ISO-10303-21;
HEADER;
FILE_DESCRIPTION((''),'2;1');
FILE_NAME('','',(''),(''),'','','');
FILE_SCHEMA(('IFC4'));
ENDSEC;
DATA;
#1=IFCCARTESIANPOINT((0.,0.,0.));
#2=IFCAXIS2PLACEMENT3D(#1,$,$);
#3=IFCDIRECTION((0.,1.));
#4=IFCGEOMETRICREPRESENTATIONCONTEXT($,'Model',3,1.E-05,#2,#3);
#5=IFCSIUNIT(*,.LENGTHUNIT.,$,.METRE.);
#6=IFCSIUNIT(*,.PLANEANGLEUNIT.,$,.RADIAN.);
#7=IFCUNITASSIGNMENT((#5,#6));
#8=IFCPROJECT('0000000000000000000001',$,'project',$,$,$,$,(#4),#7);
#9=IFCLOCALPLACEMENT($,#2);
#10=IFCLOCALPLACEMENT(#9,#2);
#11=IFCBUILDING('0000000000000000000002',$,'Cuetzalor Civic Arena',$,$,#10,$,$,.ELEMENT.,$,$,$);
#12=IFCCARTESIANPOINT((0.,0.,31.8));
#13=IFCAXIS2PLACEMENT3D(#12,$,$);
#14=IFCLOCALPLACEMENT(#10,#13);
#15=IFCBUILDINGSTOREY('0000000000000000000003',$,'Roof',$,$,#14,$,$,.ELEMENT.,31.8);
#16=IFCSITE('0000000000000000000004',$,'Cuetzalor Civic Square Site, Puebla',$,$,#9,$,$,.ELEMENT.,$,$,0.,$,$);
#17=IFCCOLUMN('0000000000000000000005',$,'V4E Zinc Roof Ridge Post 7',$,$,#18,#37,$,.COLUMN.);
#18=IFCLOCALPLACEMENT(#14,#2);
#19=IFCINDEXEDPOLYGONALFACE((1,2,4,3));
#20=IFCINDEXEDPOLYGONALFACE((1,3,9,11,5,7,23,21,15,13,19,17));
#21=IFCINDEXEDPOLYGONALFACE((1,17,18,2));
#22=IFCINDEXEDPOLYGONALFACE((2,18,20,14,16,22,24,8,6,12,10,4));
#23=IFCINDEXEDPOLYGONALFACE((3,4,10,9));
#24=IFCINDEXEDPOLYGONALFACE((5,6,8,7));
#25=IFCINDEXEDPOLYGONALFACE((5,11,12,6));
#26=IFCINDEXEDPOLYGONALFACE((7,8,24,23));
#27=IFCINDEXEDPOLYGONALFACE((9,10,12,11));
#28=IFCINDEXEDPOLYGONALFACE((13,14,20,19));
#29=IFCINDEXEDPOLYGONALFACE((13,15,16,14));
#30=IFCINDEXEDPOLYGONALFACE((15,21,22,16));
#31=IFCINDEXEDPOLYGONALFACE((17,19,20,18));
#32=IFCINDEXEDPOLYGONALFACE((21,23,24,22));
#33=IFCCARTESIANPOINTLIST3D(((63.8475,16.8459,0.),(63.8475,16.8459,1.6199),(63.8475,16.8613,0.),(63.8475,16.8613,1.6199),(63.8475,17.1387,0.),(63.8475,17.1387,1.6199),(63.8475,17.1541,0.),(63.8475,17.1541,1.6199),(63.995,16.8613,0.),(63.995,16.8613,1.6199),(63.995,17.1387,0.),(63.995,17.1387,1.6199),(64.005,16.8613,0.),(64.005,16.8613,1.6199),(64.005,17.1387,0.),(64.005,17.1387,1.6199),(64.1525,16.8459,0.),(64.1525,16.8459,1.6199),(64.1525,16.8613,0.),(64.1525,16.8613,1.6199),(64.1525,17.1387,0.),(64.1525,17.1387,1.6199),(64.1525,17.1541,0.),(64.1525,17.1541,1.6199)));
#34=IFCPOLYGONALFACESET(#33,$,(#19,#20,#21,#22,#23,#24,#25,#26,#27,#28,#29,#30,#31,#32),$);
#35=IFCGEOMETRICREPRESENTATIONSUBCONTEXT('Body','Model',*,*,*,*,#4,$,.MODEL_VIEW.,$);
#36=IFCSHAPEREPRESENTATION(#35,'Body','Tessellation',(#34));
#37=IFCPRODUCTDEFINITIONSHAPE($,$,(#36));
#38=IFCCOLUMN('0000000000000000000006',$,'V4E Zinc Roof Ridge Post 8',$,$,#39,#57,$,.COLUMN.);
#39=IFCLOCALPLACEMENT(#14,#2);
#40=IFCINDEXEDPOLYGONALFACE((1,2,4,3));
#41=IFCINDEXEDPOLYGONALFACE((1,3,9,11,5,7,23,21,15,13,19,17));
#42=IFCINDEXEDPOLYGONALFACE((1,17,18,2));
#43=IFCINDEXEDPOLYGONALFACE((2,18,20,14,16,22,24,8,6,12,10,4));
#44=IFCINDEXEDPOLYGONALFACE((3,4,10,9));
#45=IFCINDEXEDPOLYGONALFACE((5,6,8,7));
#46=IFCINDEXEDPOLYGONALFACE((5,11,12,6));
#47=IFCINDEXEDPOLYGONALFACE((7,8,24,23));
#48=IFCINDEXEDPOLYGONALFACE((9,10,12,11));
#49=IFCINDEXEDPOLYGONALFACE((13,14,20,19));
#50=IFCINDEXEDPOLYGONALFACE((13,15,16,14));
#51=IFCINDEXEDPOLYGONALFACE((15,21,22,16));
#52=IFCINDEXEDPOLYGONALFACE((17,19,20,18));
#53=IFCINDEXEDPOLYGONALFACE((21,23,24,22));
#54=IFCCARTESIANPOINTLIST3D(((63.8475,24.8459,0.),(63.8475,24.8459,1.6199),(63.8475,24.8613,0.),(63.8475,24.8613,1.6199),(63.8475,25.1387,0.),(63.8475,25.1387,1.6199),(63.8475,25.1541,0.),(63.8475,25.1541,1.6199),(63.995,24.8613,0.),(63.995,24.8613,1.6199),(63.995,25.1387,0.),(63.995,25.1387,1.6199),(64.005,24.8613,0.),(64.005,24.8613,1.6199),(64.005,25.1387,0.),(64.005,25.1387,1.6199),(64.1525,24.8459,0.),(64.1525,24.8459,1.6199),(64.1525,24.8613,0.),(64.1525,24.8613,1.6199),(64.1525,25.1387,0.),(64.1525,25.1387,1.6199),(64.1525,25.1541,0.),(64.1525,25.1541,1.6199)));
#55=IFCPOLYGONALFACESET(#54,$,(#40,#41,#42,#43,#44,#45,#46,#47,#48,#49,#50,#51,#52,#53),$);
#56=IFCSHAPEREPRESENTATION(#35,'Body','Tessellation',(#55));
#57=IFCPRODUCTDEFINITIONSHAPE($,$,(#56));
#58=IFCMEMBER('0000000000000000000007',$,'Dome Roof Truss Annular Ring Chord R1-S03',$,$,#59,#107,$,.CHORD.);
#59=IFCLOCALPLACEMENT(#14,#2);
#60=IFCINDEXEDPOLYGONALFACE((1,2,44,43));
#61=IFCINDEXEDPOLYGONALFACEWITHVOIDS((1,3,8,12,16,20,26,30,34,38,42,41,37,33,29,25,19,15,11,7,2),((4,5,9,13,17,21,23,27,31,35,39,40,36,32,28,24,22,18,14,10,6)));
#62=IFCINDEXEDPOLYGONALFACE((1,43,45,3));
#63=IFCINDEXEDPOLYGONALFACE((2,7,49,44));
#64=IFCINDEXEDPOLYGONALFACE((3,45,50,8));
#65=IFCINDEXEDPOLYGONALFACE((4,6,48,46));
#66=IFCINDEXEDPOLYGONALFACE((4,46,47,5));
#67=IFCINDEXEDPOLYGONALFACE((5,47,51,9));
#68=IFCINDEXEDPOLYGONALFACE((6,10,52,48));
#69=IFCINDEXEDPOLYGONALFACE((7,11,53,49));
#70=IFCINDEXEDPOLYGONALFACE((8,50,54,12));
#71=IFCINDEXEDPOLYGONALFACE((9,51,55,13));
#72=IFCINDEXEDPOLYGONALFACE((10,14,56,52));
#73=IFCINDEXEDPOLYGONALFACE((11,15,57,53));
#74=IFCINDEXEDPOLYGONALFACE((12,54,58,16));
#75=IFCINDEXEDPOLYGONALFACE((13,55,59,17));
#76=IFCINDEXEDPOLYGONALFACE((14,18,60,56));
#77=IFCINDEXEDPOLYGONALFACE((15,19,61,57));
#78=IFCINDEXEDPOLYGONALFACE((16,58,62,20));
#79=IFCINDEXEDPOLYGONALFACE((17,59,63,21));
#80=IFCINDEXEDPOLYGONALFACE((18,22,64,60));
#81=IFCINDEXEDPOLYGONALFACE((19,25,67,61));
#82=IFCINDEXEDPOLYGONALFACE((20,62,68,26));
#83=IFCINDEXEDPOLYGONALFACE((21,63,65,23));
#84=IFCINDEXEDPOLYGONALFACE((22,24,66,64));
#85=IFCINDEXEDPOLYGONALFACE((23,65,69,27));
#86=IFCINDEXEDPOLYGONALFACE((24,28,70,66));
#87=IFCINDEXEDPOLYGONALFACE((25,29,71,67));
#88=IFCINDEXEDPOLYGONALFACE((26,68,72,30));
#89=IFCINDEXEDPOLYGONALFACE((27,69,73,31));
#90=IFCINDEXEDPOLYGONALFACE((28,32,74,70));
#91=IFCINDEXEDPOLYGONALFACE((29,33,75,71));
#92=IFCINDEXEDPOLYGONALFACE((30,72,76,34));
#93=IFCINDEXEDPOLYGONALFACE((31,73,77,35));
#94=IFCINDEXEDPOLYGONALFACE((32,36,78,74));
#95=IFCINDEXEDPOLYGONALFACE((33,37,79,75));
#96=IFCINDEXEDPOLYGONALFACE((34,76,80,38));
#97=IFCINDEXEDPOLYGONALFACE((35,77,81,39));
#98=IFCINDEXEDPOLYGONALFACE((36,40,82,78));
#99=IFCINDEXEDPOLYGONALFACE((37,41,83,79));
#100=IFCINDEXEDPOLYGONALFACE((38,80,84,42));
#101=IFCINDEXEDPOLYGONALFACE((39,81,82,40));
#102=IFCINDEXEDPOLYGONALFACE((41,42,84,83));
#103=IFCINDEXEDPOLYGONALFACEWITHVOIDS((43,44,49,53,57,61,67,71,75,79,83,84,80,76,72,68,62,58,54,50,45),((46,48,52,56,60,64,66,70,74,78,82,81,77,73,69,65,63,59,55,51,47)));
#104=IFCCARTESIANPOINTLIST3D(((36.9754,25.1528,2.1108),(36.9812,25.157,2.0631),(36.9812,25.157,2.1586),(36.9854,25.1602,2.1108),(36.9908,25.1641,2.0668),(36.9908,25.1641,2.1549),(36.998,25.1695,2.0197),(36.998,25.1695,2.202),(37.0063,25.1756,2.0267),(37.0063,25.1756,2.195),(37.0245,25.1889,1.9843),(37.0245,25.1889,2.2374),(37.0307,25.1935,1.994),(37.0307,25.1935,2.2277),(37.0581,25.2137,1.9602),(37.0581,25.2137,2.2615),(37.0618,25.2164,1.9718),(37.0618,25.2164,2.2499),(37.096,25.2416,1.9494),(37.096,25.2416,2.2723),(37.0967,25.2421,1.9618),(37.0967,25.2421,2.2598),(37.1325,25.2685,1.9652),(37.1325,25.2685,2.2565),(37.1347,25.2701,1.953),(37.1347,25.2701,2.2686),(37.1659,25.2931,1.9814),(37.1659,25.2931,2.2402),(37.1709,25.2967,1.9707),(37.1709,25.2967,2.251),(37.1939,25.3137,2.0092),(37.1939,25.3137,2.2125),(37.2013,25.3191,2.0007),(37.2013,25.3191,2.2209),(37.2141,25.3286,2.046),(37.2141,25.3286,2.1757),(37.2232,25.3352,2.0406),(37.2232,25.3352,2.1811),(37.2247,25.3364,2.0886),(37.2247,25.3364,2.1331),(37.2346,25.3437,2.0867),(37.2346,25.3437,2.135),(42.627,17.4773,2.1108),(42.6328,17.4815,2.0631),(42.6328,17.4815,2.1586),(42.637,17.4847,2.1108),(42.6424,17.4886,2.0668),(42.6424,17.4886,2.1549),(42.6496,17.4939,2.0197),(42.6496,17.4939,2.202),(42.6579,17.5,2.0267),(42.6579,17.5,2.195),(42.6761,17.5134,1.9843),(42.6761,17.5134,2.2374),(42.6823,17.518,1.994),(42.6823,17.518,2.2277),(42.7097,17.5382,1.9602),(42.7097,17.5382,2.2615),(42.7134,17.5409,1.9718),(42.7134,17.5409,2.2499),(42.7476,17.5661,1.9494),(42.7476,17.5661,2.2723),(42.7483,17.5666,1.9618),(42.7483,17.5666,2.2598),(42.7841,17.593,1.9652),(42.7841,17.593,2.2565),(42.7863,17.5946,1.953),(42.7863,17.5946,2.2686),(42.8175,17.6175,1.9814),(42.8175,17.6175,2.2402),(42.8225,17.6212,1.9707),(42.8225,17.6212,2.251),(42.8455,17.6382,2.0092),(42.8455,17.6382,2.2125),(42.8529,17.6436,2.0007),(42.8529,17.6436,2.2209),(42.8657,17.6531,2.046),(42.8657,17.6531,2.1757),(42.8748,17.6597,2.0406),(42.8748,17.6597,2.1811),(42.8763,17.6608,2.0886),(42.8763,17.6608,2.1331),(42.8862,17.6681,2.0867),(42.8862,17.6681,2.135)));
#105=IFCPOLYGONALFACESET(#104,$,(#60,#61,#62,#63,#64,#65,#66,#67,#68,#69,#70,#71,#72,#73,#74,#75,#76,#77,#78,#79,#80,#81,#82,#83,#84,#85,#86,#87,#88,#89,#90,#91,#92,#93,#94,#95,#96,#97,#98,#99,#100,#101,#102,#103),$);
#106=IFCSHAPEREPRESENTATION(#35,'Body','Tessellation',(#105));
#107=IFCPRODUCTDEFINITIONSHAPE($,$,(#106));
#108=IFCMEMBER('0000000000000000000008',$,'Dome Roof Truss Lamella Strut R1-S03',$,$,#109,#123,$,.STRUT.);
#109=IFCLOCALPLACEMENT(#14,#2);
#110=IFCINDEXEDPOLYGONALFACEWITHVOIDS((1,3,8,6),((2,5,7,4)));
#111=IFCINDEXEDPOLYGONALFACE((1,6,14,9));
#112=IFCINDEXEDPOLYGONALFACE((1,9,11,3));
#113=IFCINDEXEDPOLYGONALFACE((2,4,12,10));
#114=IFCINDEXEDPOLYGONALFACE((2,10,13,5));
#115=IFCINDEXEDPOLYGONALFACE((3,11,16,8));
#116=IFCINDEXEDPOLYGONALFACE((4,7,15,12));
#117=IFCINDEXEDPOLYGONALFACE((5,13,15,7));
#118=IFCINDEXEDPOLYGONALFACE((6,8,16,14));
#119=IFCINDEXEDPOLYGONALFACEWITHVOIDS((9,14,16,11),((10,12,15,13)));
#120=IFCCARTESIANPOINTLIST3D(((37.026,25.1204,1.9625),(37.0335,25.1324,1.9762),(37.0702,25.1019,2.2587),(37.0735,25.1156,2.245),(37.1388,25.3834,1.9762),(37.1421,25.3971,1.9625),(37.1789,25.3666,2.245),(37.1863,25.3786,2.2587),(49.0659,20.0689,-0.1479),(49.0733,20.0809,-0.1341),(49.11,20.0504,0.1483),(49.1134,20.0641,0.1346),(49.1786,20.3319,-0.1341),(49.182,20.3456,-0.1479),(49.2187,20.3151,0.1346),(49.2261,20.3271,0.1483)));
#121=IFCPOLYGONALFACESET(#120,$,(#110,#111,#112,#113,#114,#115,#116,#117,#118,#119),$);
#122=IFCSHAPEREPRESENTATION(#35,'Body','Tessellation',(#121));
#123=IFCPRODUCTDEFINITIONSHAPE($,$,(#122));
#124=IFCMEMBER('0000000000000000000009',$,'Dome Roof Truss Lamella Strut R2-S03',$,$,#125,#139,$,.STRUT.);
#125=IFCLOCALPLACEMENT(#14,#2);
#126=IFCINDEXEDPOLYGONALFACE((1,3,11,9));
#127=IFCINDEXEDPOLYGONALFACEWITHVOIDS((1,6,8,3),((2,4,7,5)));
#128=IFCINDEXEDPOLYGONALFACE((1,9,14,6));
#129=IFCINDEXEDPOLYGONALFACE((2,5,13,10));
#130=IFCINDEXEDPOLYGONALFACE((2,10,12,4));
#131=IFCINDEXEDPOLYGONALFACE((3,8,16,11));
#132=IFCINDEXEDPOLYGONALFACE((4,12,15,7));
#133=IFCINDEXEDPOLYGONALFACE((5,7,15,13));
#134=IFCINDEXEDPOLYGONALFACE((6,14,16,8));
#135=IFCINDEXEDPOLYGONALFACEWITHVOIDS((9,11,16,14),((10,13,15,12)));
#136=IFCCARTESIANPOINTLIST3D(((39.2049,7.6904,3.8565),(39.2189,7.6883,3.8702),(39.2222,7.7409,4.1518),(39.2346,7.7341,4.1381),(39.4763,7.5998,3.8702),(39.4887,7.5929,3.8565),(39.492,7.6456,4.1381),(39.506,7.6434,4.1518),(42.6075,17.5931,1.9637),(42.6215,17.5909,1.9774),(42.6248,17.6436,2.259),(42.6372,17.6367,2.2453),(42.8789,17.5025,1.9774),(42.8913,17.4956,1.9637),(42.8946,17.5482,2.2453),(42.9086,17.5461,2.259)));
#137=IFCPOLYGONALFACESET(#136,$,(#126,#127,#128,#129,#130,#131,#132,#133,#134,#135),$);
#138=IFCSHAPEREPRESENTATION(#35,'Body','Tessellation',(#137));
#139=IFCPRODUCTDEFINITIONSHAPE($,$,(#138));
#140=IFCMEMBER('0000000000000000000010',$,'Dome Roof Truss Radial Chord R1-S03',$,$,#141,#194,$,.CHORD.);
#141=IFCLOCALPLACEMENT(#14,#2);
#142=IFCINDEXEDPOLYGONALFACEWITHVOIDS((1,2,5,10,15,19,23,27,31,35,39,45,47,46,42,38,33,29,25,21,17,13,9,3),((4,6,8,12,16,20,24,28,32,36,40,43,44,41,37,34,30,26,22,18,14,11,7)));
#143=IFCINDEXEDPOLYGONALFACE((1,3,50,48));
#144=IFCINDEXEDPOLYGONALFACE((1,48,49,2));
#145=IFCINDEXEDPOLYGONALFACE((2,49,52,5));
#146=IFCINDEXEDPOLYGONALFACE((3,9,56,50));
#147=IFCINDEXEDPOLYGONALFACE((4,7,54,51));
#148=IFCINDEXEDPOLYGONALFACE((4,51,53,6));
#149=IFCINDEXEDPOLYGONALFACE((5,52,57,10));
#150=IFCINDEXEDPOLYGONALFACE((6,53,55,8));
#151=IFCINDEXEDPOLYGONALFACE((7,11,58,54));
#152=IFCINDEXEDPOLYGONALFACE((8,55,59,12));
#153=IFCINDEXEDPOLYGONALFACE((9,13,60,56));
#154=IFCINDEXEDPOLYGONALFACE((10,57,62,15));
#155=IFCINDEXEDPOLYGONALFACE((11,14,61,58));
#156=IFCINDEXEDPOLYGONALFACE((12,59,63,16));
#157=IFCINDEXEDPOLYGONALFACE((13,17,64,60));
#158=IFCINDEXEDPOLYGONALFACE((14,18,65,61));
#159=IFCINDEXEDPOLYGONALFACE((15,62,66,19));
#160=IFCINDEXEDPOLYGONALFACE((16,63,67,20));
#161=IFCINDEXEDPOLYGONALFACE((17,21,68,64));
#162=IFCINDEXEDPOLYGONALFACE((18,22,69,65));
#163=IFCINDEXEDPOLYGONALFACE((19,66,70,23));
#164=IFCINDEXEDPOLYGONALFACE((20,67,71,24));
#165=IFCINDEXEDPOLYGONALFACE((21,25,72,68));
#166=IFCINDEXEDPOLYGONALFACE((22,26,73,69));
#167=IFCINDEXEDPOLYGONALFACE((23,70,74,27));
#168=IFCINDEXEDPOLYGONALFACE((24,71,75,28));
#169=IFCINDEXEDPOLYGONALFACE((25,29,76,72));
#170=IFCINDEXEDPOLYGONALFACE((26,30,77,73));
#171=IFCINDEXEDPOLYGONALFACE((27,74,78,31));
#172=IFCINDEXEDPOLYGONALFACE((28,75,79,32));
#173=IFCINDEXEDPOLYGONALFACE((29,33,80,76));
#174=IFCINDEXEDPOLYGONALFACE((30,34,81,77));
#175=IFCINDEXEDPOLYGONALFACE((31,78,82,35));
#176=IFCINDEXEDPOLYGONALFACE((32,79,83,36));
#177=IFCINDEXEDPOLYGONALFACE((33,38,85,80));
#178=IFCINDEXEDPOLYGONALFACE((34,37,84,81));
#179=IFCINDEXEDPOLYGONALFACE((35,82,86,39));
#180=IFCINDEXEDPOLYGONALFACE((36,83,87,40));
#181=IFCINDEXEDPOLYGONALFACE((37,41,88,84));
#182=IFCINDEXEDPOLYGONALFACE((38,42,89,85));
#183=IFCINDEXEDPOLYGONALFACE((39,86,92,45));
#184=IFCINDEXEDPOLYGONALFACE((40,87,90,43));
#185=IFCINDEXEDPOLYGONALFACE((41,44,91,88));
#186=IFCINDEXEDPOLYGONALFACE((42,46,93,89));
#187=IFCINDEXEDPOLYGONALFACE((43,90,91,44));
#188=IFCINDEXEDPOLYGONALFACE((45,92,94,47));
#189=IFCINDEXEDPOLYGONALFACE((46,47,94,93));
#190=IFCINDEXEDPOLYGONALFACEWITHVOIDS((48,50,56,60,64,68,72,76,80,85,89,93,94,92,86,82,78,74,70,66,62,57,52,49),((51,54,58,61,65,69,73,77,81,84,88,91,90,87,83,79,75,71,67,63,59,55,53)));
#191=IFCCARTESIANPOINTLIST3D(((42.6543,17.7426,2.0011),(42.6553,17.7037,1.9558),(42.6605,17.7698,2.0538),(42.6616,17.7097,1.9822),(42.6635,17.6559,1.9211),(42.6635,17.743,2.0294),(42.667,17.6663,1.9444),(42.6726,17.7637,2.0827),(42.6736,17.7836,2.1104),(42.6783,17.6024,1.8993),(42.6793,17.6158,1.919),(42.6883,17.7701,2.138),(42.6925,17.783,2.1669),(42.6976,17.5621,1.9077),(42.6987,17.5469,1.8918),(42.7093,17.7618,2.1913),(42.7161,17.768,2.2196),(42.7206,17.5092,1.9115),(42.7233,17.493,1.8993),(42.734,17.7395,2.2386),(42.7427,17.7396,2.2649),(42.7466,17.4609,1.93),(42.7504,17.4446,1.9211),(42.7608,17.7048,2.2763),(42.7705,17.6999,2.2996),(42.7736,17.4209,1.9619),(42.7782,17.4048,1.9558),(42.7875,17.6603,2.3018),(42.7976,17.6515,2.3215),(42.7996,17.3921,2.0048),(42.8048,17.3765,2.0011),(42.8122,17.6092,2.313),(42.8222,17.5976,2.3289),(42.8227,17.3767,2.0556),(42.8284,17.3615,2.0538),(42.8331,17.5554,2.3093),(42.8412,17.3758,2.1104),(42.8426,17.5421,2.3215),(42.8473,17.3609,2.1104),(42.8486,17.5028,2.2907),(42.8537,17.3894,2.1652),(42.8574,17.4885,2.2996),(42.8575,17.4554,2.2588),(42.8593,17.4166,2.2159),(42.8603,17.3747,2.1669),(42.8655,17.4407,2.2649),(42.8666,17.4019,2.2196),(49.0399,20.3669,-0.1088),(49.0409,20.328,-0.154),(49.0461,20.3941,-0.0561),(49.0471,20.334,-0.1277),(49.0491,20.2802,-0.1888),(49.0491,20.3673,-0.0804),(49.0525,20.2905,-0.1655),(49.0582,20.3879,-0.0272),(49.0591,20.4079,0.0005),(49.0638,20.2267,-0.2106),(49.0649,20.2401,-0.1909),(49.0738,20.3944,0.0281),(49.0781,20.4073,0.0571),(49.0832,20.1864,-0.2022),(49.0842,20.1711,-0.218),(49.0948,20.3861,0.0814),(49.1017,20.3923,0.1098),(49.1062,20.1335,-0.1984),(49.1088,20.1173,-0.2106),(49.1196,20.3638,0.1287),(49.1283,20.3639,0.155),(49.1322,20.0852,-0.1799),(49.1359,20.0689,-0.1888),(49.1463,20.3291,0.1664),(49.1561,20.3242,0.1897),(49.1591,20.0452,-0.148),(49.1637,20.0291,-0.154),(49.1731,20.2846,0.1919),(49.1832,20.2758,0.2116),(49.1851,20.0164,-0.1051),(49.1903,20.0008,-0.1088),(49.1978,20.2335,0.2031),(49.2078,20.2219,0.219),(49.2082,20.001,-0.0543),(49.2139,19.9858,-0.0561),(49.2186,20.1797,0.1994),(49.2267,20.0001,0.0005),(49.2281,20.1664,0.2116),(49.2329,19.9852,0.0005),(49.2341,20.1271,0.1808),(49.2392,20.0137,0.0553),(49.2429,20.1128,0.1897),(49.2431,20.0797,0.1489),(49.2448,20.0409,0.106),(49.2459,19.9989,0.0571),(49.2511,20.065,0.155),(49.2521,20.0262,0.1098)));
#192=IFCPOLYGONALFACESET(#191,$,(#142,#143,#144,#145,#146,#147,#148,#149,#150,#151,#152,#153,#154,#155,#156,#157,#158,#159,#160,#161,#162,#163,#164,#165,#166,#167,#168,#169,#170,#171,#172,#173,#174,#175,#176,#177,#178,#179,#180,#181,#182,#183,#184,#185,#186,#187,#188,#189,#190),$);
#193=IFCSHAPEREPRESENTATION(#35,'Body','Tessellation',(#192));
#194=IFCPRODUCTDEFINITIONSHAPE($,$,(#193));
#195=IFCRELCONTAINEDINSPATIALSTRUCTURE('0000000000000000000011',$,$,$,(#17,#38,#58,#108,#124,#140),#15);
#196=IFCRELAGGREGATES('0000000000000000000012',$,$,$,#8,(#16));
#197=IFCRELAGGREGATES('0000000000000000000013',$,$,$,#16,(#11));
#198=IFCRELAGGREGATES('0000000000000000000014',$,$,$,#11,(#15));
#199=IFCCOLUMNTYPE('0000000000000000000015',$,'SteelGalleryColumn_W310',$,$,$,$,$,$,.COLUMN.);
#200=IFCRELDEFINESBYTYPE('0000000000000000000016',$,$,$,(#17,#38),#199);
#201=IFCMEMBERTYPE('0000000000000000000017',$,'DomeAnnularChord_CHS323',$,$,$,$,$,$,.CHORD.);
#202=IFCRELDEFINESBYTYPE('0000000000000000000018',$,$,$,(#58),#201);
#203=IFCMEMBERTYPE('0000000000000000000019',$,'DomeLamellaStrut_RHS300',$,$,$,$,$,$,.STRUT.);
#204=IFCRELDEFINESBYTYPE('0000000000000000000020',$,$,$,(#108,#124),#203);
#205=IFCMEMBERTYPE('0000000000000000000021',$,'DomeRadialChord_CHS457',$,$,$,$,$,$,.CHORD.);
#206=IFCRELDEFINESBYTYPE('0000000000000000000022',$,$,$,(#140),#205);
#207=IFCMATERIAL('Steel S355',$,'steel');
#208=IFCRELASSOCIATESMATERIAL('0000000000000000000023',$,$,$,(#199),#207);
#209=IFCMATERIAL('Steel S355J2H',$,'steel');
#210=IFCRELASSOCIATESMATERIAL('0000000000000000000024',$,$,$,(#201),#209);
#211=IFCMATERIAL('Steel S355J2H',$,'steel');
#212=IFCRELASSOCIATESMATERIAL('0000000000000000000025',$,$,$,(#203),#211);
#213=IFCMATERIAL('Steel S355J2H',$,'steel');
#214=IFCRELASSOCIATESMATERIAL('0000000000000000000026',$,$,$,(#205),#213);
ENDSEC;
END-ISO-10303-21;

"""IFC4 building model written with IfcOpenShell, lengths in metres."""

from ifc_helpers import new_model, si_unit, direction, frame, origin, origin_2d, place, context, subcontext, project, spatial, hollow_rectangle, hollow_circle, i_section, extrude, material, material_profile, profile_set, type_object, element, save


model = new_model("IFC4")

# Units and contexts
model_context = context("Model", 3, precision=1e-05, world=origin(), true_north=direction((0.0, 1.0)))
body_context = subcontext(model_context, "Body", "Model", "MODEL_VIEW")
ifc_project = project(units=[si_unit("LENGTHUNIT", "METRE"), si_unit("PLANEANGLEUNIT", "RADIAN")], contexts=[model_context])

# Site, building, storey
site_placement = place(None, origin())
site = spatial("IfcSite", under=ifc_project, at=site_placement, Name="Cuetzalor Civic Square Site, Puebla", CompositionType="ELEMENT", RefElevation=0.0)
building_placement = place(site_placement, origin())
building = spatial("IfcBuilding", under=site, at=building_placement, Name="Cuetzalor Civic Arena", CompositionType="ELEMENT")
storey_placement = place(building_placement, frame((0.0, 0.0, 31.8)))
storey = spatial("IfcBuildingStorey", under=building, at=storey_placement, Name="Roof", CompositionType="ELEMENT", Elevation=31.8)

# Columns
ifc_material_1 = material(Name="Steel S355", Category="steel")
ifc_material_profile_1 = material_profile(ifc_material_1, i_section(OverallWidth=0.3049, OverallDepth=0.3081, WebThickness=0.01, FlangeThickness=0.0154, at=origin_2d()), Name="W310x97")
ifc_profile_set_1 = profile_set([ifc_material_profile_1], Name="Steel S355")
column_type = type_object("IfcColumnType", Name="SteelGalleryColumn_W310", PredefinedType="COLUMN", material=ifc_profile_set_1)
for number, where, z_axis, x_axis, name in (
    (1, (64.0, 17.0, 0.0), (0.0, 0.0, 1.0), (1.0, 0.0, 0.0), "V4E Zinc Roof Ridge Post 7"),
    (2, (64.0, 25.0, 0.0), (0.0, 0.0, 1.0), (1.0, 0.0, 0.0), "V4E Zinc Roof Ridge Post 8"),
):
    element("IfcColumn", number, at=place(storey_placement, frame(where, z_axis=z_axis, x_axis=x_axis)), inside=storey, type_object=column_type, Name=name, PredefinedType="COLUMN", context=body_context, shape_type="SweptSolid", body=[
        extrude(i_section(OverallWidth=0.3049, OverallDepth=0.3081, WebThickness=0.01, FlangeThickness=0.0154, at=origin_2d()), origin(), (0.0, 0.0, 1.0), 1.6199),
    ])

# Members
ifc_material_2 = material(Name="Steel S355J2H", Category="steel")
ifc_material_profile_2 = material_profile(ifc_material_2, hollow_circle(Radius=0.1619, WallThickness=0.0125, at=origin_2d()), Name="CHS 323.9x12.5")
ifc_profile_set_2 = profile_set([ifc_material_profile_2], Name="Steel S355J2H")
member_type_1 = type_object("IfcMemberType", Name="DomeAnnularChord_CHS323", PredefinedType="CHORD", material=ifc_profile_set_2)
member_1_placement = place(storey_placement, frame((42.7573, 17.5732, 2.1108), z_axis=(-0.592924, 0.805259, 0.0), x_axis=(-0.805259, -0.592924, 0.0)))
element("IfcMember", 3, at=member_1_placement, inside=storey, type_object=member_type_1, Name="Dome Roof Truss Annular Ring Chord R1-S03", PredefinedType="CHORD", context=body_context, shape_type="SweptSolid", body=[
    extrude(hollow_circle(Radius=0.1619, WallThickness=0.0125, at=origin_2d()), origin(), (0.0, 0.0, 1.0), 9.5317),
])
ifc_material_3 = material(Name="Steel S355J2H", Category="steel")
ifc_material_profile_3 = material_profile(ifc_material_3, hollow_rectangle(XDim=0.3, YDim=0.3, WallThickness=0.0139, at=origin_2d()), Name="RHS 300x300x14")
ifc_profile_set_3 = profile_set([ifc_material_profile_3], Name="Steel S355J2H")
member_type_2 = type_object("IfcMemberType", Name="DomeLamellaStrut_RHS300", PredefinedType="STRUT", material=ifc_profile_set_3)
member_2_placement = place(storey_placement, frame((49.146, 20.198, 0.0002), z_axis=(-0.91031, 0.381937, 0.15956), x_axis=(-0.386894, -0.922124, 0.0)))
element("IfcMember", 4, at=member_2_placement, inside=storey, type_object=member_type_2, Name="Dome Roof Truss Lamella Strut R1-S03", PredefinedType="STRUT", context=body_context, shape_type="SweptSolid", body=[
    extrude(hollow_rectangle(XDim=0.3, YDim=0.3, WallThickness=0.0139, at=origin_2d()), origin(), (0.0, 0.0, 1.0), 13.2261),
])
member_3_placement = place(storey_placement, frame((42.7581, 17.5696, 2.1113), z_axis=(-0.319775, -0.930645, 0.177887), x_axis=(0.945728, -0.324958, 0.0)))
element("IfcMember", 5, at=member_3_placement, inside=storey, type_object=member_type_2, Name="Dome Roof Truss Lamella Strut R2-S03", PredefinedType="STRUT", context=body_context, shape_type="SweptSolid", body=[
    extrude(hollow_rectangle(XDim=0.3, YDim=0.3, WallThickness=0.0139, at=origin_2d()), origin(), (0.0, 0.0, 1.0), 10.6406),
])
ifc_material_4 = material(Name="Steel S355J2H", Category="steel")
ifc_material_profile_4 = material_profile(ifc_material_4, hollow_circle(Radius=0.2285, WallThickness=0.0161, at=origin_2d()), Name="CHS 457x16")
ifc_profile_set_4 = profile_set([ifc_material_profile_4], Name="Steel S355J2H")
member_type_3 = type_object("IfcMemberType", Name="DomeRadialChord_CHS457", PredefinedType="CHORD", material=ifc_profile_set_4)
member_4_placement = place(storey_placement, frame((49.146, 20.1965, 0.0005), z_axis=(-0.88455, -0.363526, 0.292268), x_axis=(0.380124, -0.924936, 0.0)))
element("IfcMember", 6, at=member_4_placement, inside=storey, type_object=member_type_3, Name="Dome Roof Truss Radial Chord R1-S03", PredefinedType="CHORD", context=body_context, shape_type="SweptSolid", body=[
    extrude(hollow_circle(Radius=0.2285, WallThickness=0.0161, at=origin_2d()), origin(), (0.0, 0.0, 1.0), 7.219),
])

save(model, "model.ifc")
